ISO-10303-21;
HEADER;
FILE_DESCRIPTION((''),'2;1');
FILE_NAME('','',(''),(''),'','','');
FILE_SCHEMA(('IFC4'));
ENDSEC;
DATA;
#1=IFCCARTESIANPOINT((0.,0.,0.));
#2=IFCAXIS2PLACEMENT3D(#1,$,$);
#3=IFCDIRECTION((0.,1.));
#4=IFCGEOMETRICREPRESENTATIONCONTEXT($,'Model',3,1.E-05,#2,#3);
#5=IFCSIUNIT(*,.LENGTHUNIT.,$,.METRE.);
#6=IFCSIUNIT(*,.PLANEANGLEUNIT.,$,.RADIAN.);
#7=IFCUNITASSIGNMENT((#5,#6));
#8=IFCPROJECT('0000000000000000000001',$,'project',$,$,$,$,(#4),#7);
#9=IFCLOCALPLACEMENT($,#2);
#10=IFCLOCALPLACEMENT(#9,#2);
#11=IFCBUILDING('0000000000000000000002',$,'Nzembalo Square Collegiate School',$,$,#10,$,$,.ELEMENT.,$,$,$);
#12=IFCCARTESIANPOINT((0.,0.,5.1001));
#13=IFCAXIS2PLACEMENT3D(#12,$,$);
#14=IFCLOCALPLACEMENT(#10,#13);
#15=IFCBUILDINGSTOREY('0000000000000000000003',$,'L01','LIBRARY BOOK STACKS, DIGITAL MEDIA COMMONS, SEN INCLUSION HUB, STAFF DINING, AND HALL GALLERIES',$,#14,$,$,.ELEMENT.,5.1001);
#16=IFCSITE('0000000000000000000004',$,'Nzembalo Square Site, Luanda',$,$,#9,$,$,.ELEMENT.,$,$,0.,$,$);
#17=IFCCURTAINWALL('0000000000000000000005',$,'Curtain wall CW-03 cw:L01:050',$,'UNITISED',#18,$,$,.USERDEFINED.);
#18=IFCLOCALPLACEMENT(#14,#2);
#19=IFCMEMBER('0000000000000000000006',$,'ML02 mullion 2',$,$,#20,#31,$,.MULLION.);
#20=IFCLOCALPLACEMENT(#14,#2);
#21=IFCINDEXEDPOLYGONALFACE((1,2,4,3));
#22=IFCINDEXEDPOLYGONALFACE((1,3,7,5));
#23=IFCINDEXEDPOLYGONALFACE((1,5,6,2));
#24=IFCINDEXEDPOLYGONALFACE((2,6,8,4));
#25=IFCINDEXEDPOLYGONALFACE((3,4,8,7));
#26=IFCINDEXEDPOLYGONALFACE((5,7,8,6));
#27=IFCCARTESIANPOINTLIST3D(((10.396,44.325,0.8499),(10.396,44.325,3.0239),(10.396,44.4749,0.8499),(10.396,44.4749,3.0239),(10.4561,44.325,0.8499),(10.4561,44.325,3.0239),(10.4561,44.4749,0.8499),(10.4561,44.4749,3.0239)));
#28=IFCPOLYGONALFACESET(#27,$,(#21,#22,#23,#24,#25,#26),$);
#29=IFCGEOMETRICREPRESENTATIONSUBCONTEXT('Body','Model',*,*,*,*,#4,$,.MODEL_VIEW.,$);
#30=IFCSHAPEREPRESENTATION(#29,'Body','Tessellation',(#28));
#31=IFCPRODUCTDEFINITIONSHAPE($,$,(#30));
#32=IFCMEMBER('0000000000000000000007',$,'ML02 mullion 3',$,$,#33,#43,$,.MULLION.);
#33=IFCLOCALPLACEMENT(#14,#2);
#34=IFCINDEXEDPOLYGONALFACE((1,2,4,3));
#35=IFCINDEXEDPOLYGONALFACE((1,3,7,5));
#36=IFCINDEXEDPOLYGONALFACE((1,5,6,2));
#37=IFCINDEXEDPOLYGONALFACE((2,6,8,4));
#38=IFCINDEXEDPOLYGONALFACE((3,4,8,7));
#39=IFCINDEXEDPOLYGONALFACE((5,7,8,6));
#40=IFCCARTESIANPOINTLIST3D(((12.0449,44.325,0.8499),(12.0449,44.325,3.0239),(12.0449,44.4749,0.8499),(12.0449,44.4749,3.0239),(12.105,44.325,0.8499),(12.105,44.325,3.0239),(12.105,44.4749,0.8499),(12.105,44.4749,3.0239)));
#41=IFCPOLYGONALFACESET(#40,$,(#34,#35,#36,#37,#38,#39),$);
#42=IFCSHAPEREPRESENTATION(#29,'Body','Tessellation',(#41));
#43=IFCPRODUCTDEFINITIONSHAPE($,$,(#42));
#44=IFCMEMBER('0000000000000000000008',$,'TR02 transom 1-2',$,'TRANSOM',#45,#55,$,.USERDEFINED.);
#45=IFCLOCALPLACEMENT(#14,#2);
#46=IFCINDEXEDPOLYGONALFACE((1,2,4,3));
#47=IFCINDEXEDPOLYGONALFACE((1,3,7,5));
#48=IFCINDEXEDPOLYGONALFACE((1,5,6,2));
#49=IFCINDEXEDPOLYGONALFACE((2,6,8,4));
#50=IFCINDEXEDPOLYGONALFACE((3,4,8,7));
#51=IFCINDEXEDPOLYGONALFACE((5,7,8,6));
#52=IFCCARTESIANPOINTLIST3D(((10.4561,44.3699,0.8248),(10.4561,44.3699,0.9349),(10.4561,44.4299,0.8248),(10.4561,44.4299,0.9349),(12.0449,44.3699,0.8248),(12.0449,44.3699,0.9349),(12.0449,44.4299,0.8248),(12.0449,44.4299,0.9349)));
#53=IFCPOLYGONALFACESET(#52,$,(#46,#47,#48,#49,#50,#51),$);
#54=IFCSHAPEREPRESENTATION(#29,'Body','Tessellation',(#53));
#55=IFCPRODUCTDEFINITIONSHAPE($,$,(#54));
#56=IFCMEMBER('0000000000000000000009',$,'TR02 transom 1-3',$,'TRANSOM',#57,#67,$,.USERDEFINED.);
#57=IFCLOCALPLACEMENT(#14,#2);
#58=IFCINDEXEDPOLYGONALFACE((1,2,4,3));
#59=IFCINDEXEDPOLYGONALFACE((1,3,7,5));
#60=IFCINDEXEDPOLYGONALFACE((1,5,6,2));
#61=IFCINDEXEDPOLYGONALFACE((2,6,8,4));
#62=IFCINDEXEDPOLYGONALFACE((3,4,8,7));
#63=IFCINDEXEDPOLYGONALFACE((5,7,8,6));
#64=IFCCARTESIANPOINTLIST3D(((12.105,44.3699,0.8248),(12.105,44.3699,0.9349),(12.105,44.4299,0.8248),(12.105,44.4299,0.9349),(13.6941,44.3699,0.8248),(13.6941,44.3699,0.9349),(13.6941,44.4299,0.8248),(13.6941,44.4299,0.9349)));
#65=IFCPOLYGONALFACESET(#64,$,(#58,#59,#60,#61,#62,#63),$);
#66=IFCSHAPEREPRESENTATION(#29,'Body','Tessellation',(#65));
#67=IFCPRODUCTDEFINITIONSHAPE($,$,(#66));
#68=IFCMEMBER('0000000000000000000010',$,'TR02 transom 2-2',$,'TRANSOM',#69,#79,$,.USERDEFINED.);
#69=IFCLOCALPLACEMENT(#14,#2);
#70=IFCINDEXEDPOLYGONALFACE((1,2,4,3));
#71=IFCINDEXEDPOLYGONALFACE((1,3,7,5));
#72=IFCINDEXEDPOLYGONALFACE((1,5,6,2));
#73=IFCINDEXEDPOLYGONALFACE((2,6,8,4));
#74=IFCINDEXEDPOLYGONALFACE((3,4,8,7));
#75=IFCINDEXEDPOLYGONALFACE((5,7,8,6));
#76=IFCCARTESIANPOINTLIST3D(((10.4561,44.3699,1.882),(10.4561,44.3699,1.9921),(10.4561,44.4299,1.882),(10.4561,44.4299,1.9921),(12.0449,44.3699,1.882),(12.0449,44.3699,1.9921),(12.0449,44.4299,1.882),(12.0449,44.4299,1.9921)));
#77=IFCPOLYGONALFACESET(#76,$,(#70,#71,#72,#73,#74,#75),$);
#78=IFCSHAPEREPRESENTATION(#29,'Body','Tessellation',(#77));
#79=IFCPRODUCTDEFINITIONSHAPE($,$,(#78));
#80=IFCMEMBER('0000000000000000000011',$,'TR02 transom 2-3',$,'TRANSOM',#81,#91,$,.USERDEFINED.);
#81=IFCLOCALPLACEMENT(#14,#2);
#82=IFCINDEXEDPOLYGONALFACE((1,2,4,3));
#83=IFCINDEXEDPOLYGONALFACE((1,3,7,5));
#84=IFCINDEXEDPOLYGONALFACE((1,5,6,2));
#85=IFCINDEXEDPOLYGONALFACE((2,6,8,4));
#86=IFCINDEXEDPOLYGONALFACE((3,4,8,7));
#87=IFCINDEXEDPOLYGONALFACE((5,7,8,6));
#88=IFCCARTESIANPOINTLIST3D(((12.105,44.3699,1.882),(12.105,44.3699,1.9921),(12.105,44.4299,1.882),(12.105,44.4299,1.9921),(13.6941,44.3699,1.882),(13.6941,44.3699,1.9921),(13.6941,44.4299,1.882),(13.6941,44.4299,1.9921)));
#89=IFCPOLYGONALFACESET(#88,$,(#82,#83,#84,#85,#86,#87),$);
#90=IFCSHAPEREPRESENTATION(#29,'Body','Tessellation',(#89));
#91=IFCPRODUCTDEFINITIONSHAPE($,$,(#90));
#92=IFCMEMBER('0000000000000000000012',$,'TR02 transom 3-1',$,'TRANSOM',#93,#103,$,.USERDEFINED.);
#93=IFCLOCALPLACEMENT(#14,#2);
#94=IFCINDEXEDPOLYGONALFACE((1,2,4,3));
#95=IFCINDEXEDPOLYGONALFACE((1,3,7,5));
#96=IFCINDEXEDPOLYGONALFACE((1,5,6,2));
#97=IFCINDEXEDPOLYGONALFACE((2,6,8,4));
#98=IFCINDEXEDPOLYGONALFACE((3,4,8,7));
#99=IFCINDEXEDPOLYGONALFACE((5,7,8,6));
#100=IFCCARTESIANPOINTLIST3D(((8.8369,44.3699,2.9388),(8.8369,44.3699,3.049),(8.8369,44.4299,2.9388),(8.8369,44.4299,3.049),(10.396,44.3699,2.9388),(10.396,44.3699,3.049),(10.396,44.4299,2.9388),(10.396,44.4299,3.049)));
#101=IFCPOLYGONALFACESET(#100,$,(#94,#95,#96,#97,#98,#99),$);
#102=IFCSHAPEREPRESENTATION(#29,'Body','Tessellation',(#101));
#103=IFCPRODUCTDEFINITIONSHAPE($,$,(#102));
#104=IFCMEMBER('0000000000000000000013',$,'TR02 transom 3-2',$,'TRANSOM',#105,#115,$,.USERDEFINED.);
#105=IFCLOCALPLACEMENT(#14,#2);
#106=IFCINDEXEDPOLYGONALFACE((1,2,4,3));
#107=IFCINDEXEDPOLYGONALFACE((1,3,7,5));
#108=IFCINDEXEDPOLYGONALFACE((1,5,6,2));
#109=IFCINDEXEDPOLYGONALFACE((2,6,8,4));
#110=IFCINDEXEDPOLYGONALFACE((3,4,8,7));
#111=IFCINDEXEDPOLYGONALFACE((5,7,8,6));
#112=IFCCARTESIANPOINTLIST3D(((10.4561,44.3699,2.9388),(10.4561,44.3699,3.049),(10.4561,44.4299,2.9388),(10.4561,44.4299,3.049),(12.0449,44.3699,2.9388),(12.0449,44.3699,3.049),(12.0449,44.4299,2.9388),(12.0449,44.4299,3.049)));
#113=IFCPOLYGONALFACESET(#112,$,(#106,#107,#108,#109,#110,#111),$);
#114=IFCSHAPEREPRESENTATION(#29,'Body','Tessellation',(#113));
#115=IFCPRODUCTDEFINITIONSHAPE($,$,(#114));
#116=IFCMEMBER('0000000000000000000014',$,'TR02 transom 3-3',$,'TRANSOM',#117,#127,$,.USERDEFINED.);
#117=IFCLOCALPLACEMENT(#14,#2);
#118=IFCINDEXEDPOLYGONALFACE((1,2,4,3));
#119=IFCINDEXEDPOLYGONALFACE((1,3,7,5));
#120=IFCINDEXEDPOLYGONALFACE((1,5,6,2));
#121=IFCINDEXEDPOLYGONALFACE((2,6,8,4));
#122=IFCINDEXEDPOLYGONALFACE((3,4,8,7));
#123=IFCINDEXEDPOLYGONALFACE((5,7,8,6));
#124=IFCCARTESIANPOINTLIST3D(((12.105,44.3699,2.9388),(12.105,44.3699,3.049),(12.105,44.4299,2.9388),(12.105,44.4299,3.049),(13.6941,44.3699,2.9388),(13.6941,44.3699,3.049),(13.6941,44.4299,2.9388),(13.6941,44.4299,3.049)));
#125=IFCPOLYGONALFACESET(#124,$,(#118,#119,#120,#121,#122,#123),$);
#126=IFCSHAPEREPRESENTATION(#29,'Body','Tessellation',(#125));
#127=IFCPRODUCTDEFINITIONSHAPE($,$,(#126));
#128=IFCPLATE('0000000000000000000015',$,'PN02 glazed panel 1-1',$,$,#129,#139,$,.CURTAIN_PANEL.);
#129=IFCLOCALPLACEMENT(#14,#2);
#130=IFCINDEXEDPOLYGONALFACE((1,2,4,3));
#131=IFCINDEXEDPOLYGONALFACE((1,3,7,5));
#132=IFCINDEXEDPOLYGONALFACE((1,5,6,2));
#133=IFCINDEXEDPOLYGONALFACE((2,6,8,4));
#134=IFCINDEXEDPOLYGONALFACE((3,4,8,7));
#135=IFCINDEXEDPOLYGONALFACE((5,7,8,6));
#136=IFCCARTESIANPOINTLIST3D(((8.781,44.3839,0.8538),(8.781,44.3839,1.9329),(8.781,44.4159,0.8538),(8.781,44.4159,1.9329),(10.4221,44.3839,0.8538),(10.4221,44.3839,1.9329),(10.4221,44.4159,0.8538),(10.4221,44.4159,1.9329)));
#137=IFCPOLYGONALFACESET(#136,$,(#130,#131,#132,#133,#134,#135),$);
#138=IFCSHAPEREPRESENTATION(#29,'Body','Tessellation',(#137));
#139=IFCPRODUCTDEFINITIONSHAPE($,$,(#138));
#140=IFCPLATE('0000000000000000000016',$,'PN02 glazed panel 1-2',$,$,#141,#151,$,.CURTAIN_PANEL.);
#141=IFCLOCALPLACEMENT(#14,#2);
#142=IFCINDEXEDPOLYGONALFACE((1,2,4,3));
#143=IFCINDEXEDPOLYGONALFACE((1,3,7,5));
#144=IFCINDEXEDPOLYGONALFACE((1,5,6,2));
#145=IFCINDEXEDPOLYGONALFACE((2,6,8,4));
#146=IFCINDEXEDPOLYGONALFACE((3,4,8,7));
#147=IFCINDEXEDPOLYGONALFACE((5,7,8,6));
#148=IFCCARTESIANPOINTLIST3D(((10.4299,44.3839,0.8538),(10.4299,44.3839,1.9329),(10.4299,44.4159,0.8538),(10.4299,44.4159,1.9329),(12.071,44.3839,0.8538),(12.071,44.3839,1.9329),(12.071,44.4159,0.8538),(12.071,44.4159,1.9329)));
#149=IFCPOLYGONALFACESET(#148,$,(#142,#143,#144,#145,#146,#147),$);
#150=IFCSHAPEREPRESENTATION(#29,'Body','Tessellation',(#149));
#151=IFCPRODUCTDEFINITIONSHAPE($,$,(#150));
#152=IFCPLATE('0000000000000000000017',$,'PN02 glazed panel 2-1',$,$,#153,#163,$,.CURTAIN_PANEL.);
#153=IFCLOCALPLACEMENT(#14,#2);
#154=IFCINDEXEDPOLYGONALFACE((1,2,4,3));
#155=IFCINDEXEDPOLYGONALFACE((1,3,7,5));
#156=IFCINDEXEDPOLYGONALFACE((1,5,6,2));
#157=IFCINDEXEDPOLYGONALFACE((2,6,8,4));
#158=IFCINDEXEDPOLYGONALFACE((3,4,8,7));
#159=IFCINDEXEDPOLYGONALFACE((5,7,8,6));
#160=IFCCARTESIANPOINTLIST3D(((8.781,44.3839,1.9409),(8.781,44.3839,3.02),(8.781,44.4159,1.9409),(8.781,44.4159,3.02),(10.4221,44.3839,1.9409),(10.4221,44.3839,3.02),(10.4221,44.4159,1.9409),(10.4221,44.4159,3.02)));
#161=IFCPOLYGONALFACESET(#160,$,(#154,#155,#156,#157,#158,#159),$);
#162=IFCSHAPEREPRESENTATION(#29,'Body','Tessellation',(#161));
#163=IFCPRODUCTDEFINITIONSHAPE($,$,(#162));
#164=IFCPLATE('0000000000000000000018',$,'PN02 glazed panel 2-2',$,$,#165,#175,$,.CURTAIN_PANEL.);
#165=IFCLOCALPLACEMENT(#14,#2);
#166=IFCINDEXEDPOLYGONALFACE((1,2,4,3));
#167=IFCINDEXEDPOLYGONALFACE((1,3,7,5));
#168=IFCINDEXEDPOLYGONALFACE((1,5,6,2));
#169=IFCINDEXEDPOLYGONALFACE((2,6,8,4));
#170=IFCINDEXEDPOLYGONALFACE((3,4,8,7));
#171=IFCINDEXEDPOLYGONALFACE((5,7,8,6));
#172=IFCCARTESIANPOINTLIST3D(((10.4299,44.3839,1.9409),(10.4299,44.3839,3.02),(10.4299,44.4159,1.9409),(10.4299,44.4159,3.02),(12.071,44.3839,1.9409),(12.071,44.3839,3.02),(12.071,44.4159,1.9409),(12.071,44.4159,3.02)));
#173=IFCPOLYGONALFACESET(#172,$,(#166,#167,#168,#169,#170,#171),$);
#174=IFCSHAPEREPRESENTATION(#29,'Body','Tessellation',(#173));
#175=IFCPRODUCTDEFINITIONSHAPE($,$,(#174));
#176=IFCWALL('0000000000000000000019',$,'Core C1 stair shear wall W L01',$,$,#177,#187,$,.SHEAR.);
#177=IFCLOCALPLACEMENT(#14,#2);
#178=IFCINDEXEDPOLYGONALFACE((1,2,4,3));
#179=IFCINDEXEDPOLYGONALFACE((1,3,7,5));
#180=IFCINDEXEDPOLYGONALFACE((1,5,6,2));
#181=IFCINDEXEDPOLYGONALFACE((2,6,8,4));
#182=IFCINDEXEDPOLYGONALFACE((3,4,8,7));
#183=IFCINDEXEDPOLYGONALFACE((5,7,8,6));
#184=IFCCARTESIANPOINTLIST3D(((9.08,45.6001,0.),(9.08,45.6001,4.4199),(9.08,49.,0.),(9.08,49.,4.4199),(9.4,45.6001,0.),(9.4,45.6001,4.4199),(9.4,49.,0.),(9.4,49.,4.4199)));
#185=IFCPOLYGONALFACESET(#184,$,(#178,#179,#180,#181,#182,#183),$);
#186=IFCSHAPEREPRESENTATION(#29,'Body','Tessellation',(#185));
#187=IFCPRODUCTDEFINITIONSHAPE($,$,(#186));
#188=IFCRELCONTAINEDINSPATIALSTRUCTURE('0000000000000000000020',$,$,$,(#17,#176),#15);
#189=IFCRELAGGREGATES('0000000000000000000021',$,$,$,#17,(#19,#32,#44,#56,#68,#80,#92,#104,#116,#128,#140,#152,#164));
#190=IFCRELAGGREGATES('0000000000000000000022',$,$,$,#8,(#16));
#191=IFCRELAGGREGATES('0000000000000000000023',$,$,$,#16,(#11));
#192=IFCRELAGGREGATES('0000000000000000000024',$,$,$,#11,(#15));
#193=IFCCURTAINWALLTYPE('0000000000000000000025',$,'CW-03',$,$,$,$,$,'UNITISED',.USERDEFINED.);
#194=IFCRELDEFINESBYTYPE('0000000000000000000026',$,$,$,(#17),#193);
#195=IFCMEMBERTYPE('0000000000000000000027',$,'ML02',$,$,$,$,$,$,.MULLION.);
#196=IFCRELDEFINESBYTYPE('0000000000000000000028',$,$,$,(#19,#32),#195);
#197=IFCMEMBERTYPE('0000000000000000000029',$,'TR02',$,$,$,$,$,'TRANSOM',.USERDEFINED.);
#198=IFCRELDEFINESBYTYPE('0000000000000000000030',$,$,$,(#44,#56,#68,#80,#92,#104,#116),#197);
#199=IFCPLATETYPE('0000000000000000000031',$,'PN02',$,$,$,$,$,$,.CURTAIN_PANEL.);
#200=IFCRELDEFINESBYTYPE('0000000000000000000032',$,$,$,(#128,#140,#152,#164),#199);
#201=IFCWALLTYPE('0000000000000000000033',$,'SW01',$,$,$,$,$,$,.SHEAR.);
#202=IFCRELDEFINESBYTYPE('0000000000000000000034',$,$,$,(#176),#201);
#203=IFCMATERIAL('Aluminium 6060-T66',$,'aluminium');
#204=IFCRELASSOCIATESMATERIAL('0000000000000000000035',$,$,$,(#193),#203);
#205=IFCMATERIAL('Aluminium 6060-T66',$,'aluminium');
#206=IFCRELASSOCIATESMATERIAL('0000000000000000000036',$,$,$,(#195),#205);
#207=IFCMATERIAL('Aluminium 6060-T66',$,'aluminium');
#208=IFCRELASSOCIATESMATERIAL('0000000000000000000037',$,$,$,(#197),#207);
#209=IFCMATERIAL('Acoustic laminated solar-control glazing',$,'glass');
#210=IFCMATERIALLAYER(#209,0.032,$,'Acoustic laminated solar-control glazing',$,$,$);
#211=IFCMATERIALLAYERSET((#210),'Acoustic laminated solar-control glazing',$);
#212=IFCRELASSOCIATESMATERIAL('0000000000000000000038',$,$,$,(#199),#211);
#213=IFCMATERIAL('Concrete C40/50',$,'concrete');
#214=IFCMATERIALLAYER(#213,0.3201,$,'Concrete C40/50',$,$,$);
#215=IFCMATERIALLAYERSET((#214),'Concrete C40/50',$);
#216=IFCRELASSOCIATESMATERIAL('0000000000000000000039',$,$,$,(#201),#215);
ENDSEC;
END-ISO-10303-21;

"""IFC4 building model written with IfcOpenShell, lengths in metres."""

from ifc_helpers import new_model, si_unit, direction, frame, frame_2d, origin, origin_2d, place, context, subcontext, project, spatial, rectangle, extrude, material, layer, layer_set, material_profile, profile_set, type_object, element, aggregate, save


model = new_model("IFC4")

# Units and contexts
model_context = context("Model", 3, precision=1e-05, world=origin(), true_north=direction((0.0, 1.0)))
body_context = subcontext(model_context, "Body", "Model", "MODEL_VIEW")
ifc_project = project(units=[si_unit("LENGTHUNIT", "METRE"), si_unit("PLANEANGLEUNIT", "RADIAN")], contexts=[model_context])

# Site, building, storey
site_placement = place(None, origin())
site = spatial("IfcSite", under=ifc_project, at=site_placement, Name="Nzembalo Square Site, Luanda", CompositionType="ELEMENT", RefElevation=0.0)
building_placement = place(site_placement, origin())
building = spatial("IfcBuilding", under=site, at=building_placement, Name="Nzembalo Square Collegiate School", CompositionType="ELEMENT")
storey_placement = place(building_placement, frame((0.0, 0.0, 5.1001)))
storey = spatial("IfcBuildingStorey", under=building, at=storey_placement, Name="L01", Description="LIBRARY BOOK STACKS, DIGITAL MEDIA COMMONS, SEN INCLUSION HUB, STAFF DINING, AND HALL GALLERIES", CompositionType="ELEMENT", Elevation=5.1001)

# Curtain wall, members, plates
ifc_material_1 = material(Name="Aluminium 6060-T66", Category="aluminium")
curtain_wall_type = type_object("IfcCurtainWallType", Name="CW-03", ElementType="UNITISED", PredefinedType="USERDEFINED", material=ifc_material_1)
curtain_wall_placement = place(storey_placement, origin())
curtain_wall = element("IfcCurtainWall", 1, at=curtain_wall_placement, inside=storey, type_object=curtain_wall_type, Name="Curtain wall CW-03 cw:L01:050", ObjectType="UNITISED", PredefinedType="USERDEFINED")
ifc_material_2 = material(Name="Aluminium 6060-T66", Category="aluminium")
ifc_material_profile_1 = material_profile(ifc_material_2, rectangle(XDim=0.0601, YDim=0.1499, at=origin_2d()), Name="ALU M60x150")
ifc_profile_set_1 = profile_set([ifc_material_profile_1], Name="Aluminium 6060-T66")
member_type_1 = type_object("IfcMemberType", Name="ML02", PredefinedType="MULLION", material=ifc_profile_set_1)
member_1_placement = place(storey_placement, frame((10.426, 44.3999, 0.8499), z_axis=(0.0, 0.0, 1.0), x_axis=(1.0, 0.0, 0.0)))
member_1 = element("IfcMember", 2, at=member_1_placement, type_object=member_type_1, Name="ML02 mullion 2", PredefinedType="MULLION", context=body_context, shape_type="SweptSolid", body=[
    extrude(rectangle(XDim=0.0601, YDim=0.1499, at=origin_2d()), origin(), (0.0, 0.0, 1.0), 2.1741),
])
member_2_placement = place(storey_placement, frame((12.075, 44.3999, 0.8499), z_axis=(0.0, 0.0, 1.0), x_axis=(1.0, 0.0, 0.0)))
member_2 = element("IfcMember", 3, at=member_2_placement, type_object=member_type_1, Name="ML02 mullion 3", PredefinedType="MULLION", context=body_context, shape_type="SweptSolid", body=[
    extrude(rectangle(XDim=0.0601, YDim=0.1499, at=origin_2d()), origin(), (0.0, 0.0, 1.0), 2.1741),
])
ifc_material_3 = material(Name="Aluminium 6060-T66", Category="aluminium")
ifc_material_profile_2 = material_profile(ifc_material_3, rectangle(XDim=0.0601, YDim=0.1101, at=origin_2d()), Name="ALU T60x110")
ifc_profile_set_2 = profile_set([ifc_material_profile_2], Name="Aluminium 6060-T66")
member_type_2 = type_object("IfcMemberType", Name="TR02", ElementType="TRANSOM", PredefinedType="USERDEFINED", material=ifc_profile_set_2)
member_3_placement = place(storey_placement, frame((10.4561, 44.3999, 0.8799), z_axis=(1.0, 0.0, 0.0), x_axis=(0.0, 1.0, 0.0)))
member_3 = element("IfcMember", 4, at=member_3_placement, type_object=member_type_2, Name="TR02 transom 1-2", ObjectType="TRANSOM", PredefinedType="USERDEFINED", context=body_context, shape_type="SweptSolid", body=[
    extrude(rectangle(XDim=0.0601, YDim=0.1101, at=origin_2d()), origin(), (0.0, 0.0, 1.0), 1.5889),
])
member_4_placement = place(storey_placement, frame((12.105, 44.3999, 0.8799), z_axis=(1.0, 0.0, 0.0), x_axis=(0.0, 1.0, 0.0)))
member_4 = element("IfcMember", 5, at=member_4_placement, type_object=member_type_2, Name="TR02 transom 1-3", ObjectType="TRANSOM", PredefinedType="USERDEFINED", context=body_context, shape_type="SweptSolid", body=[
    extrude(rectangle(XDim=0.0601, YDim=0.1101, at=origin_2d()), origin(), (0.0, 0.0, 1.0), 1.5891),
])
member_5_placement = place(storey_placement, frame((10.4561, 44.3999, 1.937), z_axis=(1.0, 0.0, 0.0), x_axis=(0.0, 1.0, 0.0)))
member_5 = element("IfcMember", 6, at=member_5_placement, type_object=member_type_2, Name="TR02 transom 2-2", ObjectType="TRANSOM", PredefinedType="USERDEFINED", context=body_context, shape_type="SweptSolid", body=[
    extrude(rectangle(XDim=0.0601, YDim=0.1101, at=origin_2d()), origin(), (0.0, 0.0, 1.0), 1.5889),
])
member_6_placement = place(storey_placement, frame((12.105, 44.3999, 1.937), z_axis=(1.0, 0.0, 0.0), x_axis=(0.0, 1.0, 0.0)))
member_6 = element("IfcMember", 7, at=member_6_placement, type_object=member_type_2, Name="TR02 transom 2-3", ObjectType="TRANSOM", PredefinedType="USERDEFINED", context=body_context, shape_type="SweptSolid", body=[
    extrude(rectangle(XDim=0.0601, YDim=0.1101, at=origin_2d()), origin(), (0.0, 0.0, 1.0), 1.5891),
])
member_7_placement = place(storey_placement, frame((8.8369, 44.3999, 2.9939), z_axis=(1.0, 0.0, 0.0), x_axis=(0.0, 1.0, 0.0)))
member_7 = element("IfcMember", 8, at=member_7_placement, type_object=member_type_2, Name="TR02 transom 3-1", ObjectType="TRANSOM", PredefinedType="USERDEFINED", context=body_context, shape_type="SweptSolid", body=[
    extrude(rectangle(XDim=0.0601, YDim=0.1101, at=origin_2d()), origin(), (0.0, 0.0, 1.0), 1.5591),
])
member_8_placement = place(storey_placement, frame((10.4561, 44.3999, 2.9939), z_axis=(1.0, 0.0, 0.0), x_axis=(0.0, 1.0, 0.0)))
member_8 = element("IfcMember", 9, at=member_8_placement, type_object=member_type_2, Name="TR02 transom 3-2", ObjectType="TRANSOM", PredefinedType="USERDEFINED", context=body_context, shape_type="SweptSolid", body=[
    extrude(rectangle(XDim=0.0601, YDim=0.1101, at=origin_2d()), origin(), (0.0, 0.0, 1.0), 1.5889),
])
member_9_placement = place(storey_placement, frame((12.105, 44.3999, 2.9939), z_axis=(1.0, 0.0, 0.0), x_axis=(0.0, 1.0, 0.0)))
member_9 = element("IfcMember", 10, at=member_9_placement, type_object=member_type_2, Name="TR02 transom 3-3", ObjectType="TRANSOM", PredefinedType="USERDEFINED", context=body_context, shape_type="SweptSolid", body=[
    extrude(rectangle(XDim=0.0601, YDim=0.1101, at=origin_2d()), origin(), (0.0, 0.0, 1.0), 1.5891),
])
ifc_material_4 = material(Name="Acoustic laminated solar-control glazing", Category="glass")
ifc_layer_1 = layer(ifc_material_4, 0.032, Name="Acoustic laminated solar-control glazing")
ifc_layer_set_1 = layer_set([ifc_layer_1], Name="Acoustic laminated solar-control glazing")
plate_type = type_object("IfcPlateType", Name="PN02", PredefinedType="CURTAIN_PANEL", material=ifc_layer_set_1)
plate_1_placement = place(storey_placement, frame((9.6016, 44.3999, 0.8538), z_axis=(0.0, 0.0, 1.0), x_axis=(1.0, 0.0, 0.0)))
plate_1 = element("IfcPlate", 11, at=plate_1_placement, type_object=plate_type, Name="PN02 glazed panel 1-1", PredefinedType="CURTAIN_PANEL", context=body_context, shape_type="SweptSolid", body=[
    extrude(rectangle(XDim=1.6411, YDim=0.032, at=origin_2d()), origin(), (0.0, 0.0, 1.0), 1.0791),
])
plate_2_placement = place(storey_placement, frame((11.2505, 44.3999, 0.8538), z_axis=(0.0, 0.0, 1.0), x_axis=(1.0, 0.0, 0.0)))
plate_2 = element("IfcPlate", 12, at=plate_2_placement, type_object=plate_type, Name="PN02 glazed panel 1-2", PredefinedType="CURTAIN_PANEL", context=body_context, shape_type="SweptSolid", body=[
    extrude(rectangle(XDim=1.6411, YDim=0.032, at=origin_2d()), origin(), (0.0, 0.0, 1.0), 1.0791),
])
plate_3_placement = place(storey_placement, frame((9.6016, 44.3999, 1.9409), z_axis=(0.0, 0.0, 1.0), x_axis=(1.0, 0.0, 0.0)))
plate_3 = element("IfcPlate", 13, at=plate_3_placement, type_object=plate_type, Name="PN02 glazed panel 2-1", PredefinedType="CURTAIN_PANEL", context=body_context, shape_type="SweptSolid", body=[
    extrude(rectangle(XDim=1.6411, YDim=0.032, at=origin_2d()), origin(), (0.0, 0.0, 1.0), 1.0791),
])
plate_4_placement = place(storey_placement, frame((11.2505, 44.3999, 1.9409), z_axis=(0.0, 0.0, 1.0), x_axis=(1.0, 0.0, 0.0)))
plate_4 = element("IfcPlate", 14, at=plate_4_placement, type_object=plate_type, Name="PN02 glazed panel 2-2", PredefinedType="CURTAIN_PANEL", context=body_context, shape_type="SweptSolid", body=[
    extrude(rectangle(XDim=1.6411, YDim=0.032, at=origin_2d()), origin(), (0.0, 0.0, 1.0), 1.0791),
])
aggregate(curtain_wall, [member_1, member_2, member_3, member_4, member_5, member_6, member_7, member_8, member_9, plate_1, plate_2, plate_3, plate_4])

# Wall
ifc_material_5 = material(Name="Concrete C40/50", Category="concrete")
ifc_layer_2 = layer(ifc_material_5, 0.3201, Name="Concrete C40/50")
ifc_layer_set_2 = layer_set([ifc_layer_2], Name="Concrete C40/50")
wall_type_1 = type_object("IfcWallType", Name="SW01", PredefinedType="SHEAR", material=ifc_layer_set_2)
wall_1_placement = place(storey_placement, frame((9.24, 45.6001, 0.0), z_axis=(0.0, 0.0, 1.0), x_axis=(0.0, 1.0, 0.0)))
element("IfcWall", 15, at=wall_1_placement, inside=storey, type_object=wall_type_1, Name="Core C1 stair shear wall W L01", PredefinedType="SHEAR", context=body_context, shape_type="SweptSolid", body=[
    extrude(rectangle(XDim=3.3999, YDim=0.3201, at=frame_2d((1.7, 0.0))), origin(), (0.0, 0.0, 1.0), 4.4199),
])

save(model, "model.ifc")
